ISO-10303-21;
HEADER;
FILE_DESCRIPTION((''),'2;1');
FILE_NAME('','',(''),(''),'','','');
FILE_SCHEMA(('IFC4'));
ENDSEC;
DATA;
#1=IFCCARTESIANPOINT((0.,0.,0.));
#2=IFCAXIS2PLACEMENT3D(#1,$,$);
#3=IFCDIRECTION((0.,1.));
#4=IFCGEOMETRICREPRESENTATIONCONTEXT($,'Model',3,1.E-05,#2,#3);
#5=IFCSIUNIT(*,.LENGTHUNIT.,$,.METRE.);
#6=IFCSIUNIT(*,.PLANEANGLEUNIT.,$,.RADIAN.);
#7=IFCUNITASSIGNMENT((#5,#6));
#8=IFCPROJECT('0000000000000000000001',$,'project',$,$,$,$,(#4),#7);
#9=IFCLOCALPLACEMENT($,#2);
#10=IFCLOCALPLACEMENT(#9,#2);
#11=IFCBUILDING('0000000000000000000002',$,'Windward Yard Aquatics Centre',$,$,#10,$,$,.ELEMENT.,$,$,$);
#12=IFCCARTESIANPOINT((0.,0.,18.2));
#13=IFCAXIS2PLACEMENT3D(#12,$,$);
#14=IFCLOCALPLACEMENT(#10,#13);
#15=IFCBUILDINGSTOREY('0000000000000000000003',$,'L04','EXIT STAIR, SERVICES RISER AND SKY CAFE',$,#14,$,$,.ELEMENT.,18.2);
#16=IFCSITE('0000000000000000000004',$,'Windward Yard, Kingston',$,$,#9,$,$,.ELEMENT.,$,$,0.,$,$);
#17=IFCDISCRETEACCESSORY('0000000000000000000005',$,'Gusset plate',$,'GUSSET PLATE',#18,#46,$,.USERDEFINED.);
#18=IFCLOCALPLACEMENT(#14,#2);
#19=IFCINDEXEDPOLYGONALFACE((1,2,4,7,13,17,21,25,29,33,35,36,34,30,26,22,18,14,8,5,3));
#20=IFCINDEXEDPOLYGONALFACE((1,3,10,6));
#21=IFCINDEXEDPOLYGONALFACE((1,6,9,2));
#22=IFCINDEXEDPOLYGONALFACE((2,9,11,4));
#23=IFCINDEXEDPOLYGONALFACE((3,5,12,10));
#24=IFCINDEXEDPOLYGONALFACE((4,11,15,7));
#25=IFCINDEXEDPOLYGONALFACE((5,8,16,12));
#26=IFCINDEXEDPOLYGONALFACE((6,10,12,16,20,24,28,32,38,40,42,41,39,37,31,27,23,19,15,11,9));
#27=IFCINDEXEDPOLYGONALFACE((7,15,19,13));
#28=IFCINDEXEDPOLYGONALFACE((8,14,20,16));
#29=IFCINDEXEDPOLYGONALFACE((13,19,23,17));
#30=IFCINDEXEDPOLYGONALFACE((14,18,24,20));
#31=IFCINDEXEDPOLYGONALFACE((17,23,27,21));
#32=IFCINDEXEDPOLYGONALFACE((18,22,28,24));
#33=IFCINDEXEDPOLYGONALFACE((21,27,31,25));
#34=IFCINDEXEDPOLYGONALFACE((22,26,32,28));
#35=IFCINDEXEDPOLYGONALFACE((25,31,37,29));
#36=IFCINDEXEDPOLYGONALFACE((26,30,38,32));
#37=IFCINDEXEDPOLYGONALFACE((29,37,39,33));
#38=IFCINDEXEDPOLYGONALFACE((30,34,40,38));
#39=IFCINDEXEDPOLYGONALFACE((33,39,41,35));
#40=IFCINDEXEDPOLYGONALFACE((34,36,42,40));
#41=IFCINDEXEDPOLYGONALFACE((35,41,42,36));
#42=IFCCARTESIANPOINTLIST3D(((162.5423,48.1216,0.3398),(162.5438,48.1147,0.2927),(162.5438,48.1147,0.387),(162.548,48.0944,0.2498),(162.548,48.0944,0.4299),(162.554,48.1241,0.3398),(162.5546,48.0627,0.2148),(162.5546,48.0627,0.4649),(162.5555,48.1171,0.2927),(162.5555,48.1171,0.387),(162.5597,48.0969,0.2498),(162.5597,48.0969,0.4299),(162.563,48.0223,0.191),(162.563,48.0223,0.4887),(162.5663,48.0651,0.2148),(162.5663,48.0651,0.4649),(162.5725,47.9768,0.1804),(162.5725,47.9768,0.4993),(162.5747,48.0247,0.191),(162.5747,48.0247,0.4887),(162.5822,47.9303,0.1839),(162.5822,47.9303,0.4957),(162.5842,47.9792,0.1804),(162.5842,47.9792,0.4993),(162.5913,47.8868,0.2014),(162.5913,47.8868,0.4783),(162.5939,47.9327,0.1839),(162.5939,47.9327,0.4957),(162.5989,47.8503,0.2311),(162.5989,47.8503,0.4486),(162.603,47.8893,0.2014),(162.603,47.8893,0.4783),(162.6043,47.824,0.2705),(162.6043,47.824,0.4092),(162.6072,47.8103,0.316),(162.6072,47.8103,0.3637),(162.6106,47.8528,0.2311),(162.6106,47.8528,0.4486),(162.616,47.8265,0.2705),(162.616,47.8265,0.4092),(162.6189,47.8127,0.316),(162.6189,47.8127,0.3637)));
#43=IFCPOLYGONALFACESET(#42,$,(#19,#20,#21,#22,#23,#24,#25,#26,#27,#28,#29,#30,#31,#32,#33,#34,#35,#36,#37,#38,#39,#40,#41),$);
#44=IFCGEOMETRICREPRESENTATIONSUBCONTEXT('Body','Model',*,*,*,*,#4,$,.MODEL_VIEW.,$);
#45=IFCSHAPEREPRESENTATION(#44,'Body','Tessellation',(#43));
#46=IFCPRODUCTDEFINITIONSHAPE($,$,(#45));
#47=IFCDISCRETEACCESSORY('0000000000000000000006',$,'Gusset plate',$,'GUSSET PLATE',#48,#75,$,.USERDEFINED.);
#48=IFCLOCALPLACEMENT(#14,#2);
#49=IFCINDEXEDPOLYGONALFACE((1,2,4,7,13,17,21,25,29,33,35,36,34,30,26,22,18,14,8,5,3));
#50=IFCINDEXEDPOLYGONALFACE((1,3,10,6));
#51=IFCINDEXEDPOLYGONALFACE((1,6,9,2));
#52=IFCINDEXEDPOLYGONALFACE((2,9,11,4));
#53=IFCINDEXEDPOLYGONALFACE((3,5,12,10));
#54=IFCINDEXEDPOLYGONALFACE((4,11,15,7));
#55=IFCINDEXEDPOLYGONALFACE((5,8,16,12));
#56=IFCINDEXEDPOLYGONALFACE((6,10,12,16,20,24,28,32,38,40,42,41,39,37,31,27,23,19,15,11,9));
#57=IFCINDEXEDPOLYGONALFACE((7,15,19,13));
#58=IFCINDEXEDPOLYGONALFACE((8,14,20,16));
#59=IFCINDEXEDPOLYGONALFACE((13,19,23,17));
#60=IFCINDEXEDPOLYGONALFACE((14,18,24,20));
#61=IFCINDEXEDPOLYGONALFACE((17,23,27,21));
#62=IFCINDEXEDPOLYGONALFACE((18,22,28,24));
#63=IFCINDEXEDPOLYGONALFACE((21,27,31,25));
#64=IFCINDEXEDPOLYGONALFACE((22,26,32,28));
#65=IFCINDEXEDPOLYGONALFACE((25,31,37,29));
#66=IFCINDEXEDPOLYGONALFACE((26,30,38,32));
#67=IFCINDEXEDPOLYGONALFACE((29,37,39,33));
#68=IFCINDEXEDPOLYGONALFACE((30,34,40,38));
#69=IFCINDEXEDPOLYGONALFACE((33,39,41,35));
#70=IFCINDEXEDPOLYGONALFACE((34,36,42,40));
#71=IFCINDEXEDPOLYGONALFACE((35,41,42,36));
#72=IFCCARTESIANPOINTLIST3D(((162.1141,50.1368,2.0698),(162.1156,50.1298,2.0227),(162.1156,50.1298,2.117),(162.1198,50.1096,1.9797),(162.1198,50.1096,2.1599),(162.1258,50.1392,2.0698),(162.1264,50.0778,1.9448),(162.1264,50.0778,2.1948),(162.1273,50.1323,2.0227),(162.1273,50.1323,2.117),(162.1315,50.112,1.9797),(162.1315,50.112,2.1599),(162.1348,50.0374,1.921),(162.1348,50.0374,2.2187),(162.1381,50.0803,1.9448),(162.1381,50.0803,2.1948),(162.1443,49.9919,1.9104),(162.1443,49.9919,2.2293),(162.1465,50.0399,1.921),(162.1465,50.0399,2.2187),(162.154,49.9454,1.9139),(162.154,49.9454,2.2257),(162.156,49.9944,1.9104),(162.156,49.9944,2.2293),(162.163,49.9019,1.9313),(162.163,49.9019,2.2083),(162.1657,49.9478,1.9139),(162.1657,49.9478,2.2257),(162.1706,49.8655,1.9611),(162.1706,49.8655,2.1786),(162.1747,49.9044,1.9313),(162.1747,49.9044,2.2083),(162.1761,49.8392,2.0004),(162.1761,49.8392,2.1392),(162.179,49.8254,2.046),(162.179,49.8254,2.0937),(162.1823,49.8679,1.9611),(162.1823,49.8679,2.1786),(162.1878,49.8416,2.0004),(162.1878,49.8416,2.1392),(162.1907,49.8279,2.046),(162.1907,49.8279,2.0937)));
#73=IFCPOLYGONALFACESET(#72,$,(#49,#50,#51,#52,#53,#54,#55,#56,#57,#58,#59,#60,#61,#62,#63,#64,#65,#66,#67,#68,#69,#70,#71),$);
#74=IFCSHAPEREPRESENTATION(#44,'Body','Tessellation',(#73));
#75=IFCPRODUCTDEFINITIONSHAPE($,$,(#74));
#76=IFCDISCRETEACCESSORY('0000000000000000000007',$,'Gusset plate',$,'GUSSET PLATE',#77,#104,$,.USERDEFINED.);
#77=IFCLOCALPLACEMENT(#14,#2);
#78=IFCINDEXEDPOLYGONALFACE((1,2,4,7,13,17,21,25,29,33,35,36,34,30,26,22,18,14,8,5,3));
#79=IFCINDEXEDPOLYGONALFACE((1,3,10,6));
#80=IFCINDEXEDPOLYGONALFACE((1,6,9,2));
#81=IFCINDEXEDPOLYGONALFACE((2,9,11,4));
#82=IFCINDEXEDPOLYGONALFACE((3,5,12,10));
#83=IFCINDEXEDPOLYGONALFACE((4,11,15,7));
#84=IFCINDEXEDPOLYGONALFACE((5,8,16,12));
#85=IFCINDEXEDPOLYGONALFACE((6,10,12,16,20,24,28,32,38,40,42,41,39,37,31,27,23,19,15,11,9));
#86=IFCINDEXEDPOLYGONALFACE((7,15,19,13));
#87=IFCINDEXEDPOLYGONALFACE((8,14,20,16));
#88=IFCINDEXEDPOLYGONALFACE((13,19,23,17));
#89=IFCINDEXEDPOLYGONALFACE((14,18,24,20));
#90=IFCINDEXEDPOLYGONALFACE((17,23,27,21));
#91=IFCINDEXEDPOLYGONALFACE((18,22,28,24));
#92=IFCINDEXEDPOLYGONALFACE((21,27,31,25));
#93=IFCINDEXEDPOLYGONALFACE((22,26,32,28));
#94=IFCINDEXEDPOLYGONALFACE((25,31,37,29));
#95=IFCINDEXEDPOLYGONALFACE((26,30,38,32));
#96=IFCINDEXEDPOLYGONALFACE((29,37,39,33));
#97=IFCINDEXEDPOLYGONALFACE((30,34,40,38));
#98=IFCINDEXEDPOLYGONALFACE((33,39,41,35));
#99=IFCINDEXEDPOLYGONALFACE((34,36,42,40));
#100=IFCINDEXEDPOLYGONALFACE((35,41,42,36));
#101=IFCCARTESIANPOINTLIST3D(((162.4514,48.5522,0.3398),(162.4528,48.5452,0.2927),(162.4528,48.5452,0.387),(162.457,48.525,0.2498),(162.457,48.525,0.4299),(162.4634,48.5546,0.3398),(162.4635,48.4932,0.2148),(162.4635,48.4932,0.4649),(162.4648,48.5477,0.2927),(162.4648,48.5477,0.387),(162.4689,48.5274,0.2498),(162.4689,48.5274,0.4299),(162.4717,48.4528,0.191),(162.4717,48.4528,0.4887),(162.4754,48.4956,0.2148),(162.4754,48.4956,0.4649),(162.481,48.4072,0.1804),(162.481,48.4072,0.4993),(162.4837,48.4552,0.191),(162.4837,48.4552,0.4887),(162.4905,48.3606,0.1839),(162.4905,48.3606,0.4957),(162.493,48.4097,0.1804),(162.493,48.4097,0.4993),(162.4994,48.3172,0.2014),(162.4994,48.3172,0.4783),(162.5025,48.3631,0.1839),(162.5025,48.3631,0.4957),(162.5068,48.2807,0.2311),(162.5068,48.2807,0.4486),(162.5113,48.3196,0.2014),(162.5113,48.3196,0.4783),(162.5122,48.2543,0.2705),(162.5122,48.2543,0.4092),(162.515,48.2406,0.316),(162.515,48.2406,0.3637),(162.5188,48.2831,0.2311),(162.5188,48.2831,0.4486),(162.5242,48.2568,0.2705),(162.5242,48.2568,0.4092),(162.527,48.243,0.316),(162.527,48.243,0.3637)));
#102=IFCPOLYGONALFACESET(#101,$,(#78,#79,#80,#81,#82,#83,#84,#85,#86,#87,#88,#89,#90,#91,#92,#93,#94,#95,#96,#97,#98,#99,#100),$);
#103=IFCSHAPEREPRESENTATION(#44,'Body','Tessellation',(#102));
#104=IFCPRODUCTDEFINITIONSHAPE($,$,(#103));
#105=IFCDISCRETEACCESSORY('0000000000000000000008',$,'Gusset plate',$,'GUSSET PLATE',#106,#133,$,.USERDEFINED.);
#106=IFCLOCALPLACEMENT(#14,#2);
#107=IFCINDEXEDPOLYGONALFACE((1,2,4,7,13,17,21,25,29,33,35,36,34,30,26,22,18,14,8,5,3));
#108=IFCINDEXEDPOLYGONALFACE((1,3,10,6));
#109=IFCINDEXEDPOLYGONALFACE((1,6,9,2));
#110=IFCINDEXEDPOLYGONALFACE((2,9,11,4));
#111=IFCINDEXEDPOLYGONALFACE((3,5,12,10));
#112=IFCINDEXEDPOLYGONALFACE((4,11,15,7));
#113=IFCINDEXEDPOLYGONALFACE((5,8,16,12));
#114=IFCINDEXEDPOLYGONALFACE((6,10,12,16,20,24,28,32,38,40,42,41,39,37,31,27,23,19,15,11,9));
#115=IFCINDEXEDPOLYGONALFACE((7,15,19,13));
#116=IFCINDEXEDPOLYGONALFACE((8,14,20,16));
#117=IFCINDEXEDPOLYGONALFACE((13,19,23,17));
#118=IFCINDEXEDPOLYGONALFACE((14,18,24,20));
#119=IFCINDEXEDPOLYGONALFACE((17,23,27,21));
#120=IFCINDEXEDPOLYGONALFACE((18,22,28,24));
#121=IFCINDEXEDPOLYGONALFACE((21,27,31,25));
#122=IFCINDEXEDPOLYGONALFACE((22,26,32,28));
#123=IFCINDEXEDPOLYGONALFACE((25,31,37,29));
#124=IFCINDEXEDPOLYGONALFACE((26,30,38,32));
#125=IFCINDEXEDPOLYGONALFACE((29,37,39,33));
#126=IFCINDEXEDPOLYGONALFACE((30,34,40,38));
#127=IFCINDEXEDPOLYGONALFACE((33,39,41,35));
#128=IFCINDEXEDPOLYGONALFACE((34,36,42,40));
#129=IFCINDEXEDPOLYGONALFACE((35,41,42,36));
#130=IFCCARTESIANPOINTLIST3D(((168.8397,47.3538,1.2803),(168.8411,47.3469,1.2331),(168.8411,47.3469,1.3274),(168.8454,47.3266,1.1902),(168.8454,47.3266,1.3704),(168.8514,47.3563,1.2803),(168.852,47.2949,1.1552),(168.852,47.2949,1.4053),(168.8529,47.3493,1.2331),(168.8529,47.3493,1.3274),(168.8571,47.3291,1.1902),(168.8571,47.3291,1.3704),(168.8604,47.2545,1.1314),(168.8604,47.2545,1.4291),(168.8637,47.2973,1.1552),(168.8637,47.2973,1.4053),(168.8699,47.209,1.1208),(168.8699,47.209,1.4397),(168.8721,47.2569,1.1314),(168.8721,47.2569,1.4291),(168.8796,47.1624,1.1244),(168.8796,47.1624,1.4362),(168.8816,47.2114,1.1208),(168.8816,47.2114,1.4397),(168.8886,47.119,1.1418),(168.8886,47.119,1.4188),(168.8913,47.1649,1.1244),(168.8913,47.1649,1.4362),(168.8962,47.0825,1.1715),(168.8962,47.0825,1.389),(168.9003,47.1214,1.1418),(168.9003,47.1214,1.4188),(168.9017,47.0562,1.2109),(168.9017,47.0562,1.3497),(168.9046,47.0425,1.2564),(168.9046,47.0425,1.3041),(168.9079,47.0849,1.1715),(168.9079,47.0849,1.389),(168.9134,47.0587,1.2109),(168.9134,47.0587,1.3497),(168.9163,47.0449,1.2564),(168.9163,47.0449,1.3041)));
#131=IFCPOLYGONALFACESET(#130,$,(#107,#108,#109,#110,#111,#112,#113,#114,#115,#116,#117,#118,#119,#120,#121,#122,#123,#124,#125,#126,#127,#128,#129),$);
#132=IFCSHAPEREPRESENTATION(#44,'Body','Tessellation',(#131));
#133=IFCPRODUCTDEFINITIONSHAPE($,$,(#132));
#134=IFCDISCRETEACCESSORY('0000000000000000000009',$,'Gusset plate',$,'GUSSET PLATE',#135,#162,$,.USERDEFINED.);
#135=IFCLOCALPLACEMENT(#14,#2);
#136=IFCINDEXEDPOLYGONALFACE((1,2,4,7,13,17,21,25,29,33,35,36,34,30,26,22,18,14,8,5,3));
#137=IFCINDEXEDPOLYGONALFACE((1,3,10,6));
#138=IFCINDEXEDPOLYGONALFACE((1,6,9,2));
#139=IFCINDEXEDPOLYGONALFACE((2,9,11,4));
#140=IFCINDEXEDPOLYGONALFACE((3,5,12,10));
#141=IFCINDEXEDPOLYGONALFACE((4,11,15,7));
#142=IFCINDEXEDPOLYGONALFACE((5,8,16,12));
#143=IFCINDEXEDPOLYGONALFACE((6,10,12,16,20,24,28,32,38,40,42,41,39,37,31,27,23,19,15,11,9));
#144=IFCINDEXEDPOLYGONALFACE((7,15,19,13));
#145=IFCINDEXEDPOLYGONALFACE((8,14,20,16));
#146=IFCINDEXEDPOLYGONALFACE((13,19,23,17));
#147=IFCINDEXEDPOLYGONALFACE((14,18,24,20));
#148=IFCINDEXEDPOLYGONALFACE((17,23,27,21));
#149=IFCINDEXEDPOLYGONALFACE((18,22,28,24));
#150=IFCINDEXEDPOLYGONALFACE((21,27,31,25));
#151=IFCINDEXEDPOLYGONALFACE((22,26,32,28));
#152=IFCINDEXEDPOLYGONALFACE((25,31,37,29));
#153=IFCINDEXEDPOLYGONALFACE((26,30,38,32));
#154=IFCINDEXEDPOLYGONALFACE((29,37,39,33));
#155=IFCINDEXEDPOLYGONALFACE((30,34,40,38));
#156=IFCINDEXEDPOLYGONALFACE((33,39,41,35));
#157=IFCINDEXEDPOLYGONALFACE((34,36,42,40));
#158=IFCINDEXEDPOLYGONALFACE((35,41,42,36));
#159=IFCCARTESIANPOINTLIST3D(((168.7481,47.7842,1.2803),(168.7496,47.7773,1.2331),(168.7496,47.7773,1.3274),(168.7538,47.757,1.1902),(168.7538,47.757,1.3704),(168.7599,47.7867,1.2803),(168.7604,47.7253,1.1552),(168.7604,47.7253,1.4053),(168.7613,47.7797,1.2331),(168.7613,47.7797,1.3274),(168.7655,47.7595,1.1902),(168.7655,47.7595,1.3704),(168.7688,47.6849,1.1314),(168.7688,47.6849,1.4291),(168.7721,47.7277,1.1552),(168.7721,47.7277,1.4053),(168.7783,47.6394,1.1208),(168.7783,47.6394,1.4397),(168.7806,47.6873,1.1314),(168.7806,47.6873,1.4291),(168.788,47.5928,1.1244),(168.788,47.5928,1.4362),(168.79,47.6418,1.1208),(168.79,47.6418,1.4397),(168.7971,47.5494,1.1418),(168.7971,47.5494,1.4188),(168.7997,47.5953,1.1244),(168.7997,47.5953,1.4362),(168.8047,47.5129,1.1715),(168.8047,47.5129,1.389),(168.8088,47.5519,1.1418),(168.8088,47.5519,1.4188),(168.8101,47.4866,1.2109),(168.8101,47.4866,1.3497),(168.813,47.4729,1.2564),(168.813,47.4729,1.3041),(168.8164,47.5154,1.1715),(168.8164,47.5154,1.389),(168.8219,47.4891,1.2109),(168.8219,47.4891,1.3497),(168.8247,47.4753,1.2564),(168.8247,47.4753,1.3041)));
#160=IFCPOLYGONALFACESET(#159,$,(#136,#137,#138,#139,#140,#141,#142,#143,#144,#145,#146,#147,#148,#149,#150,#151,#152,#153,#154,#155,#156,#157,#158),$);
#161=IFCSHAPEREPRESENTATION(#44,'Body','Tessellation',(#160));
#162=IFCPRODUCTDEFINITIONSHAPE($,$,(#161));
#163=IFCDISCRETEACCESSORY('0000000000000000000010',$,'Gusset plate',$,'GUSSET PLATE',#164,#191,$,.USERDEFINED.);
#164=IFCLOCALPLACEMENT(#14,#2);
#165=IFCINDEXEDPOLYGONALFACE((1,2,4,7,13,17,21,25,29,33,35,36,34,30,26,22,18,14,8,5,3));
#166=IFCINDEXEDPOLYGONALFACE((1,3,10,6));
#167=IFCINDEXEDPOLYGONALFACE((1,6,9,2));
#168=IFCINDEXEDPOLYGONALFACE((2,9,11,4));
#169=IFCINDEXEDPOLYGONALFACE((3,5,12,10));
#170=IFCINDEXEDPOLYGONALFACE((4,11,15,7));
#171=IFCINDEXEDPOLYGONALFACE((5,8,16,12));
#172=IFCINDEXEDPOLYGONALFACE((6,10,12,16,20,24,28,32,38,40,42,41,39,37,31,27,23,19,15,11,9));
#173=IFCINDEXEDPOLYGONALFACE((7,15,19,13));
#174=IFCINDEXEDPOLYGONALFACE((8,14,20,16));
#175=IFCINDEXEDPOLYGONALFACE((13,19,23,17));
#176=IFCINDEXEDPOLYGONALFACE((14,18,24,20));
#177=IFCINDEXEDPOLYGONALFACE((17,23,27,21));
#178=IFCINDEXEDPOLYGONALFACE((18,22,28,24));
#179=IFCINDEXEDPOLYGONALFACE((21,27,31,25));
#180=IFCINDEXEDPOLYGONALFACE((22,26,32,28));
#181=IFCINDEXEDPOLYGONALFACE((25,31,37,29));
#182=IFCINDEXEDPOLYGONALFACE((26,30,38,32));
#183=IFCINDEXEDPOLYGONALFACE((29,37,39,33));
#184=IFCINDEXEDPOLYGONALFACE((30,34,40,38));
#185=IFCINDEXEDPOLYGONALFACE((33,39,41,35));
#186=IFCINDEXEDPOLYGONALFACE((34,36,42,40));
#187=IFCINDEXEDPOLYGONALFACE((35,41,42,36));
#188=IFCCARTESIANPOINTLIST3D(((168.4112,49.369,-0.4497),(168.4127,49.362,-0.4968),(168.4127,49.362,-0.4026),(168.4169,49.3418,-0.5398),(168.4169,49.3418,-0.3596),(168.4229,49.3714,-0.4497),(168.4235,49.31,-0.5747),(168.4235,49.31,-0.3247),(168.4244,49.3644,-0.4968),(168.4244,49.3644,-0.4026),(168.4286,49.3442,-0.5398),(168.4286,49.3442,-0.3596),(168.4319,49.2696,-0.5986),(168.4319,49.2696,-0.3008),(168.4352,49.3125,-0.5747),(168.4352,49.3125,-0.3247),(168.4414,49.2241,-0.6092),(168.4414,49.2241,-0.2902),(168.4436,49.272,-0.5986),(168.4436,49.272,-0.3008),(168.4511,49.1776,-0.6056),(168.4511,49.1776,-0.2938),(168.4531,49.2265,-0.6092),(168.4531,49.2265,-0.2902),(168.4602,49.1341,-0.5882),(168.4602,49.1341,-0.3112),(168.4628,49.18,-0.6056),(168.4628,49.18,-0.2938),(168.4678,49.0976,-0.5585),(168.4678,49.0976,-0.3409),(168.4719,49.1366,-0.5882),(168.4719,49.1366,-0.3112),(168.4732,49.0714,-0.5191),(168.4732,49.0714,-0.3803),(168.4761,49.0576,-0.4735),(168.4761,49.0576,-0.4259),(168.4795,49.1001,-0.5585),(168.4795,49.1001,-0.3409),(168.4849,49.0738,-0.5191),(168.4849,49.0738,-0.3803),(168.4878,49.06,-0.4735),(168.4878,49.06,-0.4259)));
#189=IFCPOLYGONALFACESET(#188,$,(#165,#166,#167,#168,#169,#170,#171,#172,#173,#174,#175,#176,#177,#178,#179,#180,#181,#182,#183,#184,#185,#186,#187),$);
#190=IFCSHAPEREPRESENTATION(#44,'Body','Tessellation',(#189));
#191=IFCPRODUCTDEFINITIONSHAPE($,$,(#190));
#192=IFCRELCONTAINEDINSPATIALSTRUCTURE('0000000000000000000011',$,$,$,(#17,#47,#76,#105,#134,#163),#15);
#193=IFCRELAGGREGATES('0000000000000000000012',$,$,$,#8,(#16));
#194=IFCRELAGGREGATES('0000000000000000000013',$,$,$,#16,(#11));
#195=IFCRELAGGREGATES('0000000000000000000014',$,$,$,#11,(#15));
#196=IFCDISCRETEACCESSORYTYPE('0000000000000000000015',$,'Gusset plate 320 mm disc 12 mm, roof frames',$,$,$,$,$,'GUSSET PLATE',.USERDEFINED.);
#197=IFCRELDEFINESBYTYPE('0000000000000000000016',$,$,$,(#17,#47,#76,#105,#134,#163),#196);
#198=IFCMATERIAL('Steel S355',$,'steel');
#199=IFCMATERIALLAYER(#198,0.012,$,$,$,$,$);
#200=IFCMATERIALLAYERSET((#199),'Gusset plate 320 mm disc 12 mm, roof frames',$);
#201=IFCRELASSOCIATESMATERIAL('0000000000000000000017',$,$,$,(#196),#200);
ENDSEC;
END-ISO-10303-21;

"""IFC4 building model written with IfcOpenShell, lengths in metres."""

from ifc_helpers import new_model, si_unit, direction, frame, origin, origin_2d, place, context, subcontext, project, spatial, circle, extrude, material, layer, layer_set, type_object, element, save


model = new_model("IFC4")

# Units and contexts
model_context = context("Model", 3, precision=1e-05, world=origin(), true_north=direction((0.0, 1.0)))
body_context = subcontext(model_context, "Body", "Model", "MODEL_VIEW")
ifc_project = project(units=[si_unit("LENGTHUNIT", "METRE"), si_unit("PLANEANGLEUNIT", "RADIAN")], contexts=[model_context])

# Site, building, storey
site_placement = place(None, origin())
site = spatial("IfcSite", under=ifc_project, at=site_placement, Name="Windward Yard, Kingston", CompositionType="ELEMENT", RefElevation=0.0)
building_placement = place(site_placement, origin())
building = spatial("IfcBuilding", under=site, at=building_placement, Name="Windward Yard Aquatics Centre", CompositionType="ELEMENT")
storey_placement = place(building_placement, frame((0.0, 0.0, 18.2)))
storey = spatial("IfcBuildingStorey", under=building, at=storey_placement, Name="L04", Description="EXIT STAIR, SERVICES RISER AND SKY CAFE", CompositionType="ELEMENT", Elevation=18.2)

# Discrete accessories
ifc_material_1 = material(Name="Steel S355", Category="steel")
ifc_layer = layer(ifc_material_1, 0.012)
ifc_layer_set = layer_set([ifc_layer], Name="Gusset plate 320 mm disc 12 mm, roof frames")
discrete_accessory_type = type_object("IfcDiscreteAccessoryType", Name="Gusset plate 320 mm disc 12 mm, roof frames", ElementType="GUSSET PLATE", PredefinedType="USERDEFINED", material=ifc_layer_set)
for number, where, z_axis, x_axis, name in (
    (1, (162.575, 47.9651, 0.3398), (0.97898, 0.203954, 0.0), (-0.203954, 0.97898, 0.0), "Gusset plate"),
    (2, (162.1467, 49.9802, 2.0698), (0.97898, 0.203954, 0.0), (-0.203954, 0.97898, 0.0), "Gusset plate"),
):
    element("IfcDiscreteAccessory", number, at=place(storey_placement, frame(where, z_axis=z_axis, x_axis=x_axis)), inside=storey, type_object=discrete_accessory_type, Name=name, ObjectType="GUSSET PLATE", PredefinedType="USERDEFINED", context=body_context, shape_type="SweptSolid", body=[
        extrude(circle(Radius=0.1599, at=origin_2d()), origin(), (0.0, 0.0, 1.0), 0.012),
    ])
discrete_accessory_placement = place(storey_placement, frame((162.4834, 48.3955, 0.3398), z_axis=(0.979804, 0.19996, 0.0), x_axis=(-0.19996, 0.979804, 0.0)))
element("IfcDiscreteAccessory", 3, at=discrete_accessory_placement, inside=storey, type_object=discrete_accessory_type, Name="Gusset plate", ObjectType="GUSSET PLATE", PredefinedType="USERDEFINED", context=body_context, shape_type="SweptSolid", body=[
    extrude(circle(Radius=0.1599, at=origin_2d()), origin(), (0.0, 0.0, 1.0), 0.0122),
])
for number, where, z_axis, x_axis, name in (
    (4, (168.8723, 47.1973, 1.2803), (0.97898, 0.203954, 0.0), (-0.203954, 0.97898, 0.0), "Gusset plate"),
    (5, (168.7808, 47.6277, 1.2803), (0.97898, 0.203954, 0.0), (-0.203954, 0.97898, 0.0), "Gusset plate"),
    (6, (168.4438, 49.2124, -0.4497), (0.97898, 0.203954, 0.0), (-0.203954, 0.97898, 0.0), "Gusset plate"),
):
    element("IfcDiscreteAccessory", number, at=place(storey_placement, frame(where, z_axis=z_axis, x_axis=x_axis)), inside=storey, type_object=discrete_accessory_type, Name=name, ObjectType="GUSSET PLATE", PredefinedType="USERDEFINED", context=body_context, shape_type="SweptSolid", body=[
        extrude(circle(Radius=0.1599, at=origin_2d()), origin(), (0.0, 0.0, 1.0), 0.012),
    ])

save(model, "model.ifc")
